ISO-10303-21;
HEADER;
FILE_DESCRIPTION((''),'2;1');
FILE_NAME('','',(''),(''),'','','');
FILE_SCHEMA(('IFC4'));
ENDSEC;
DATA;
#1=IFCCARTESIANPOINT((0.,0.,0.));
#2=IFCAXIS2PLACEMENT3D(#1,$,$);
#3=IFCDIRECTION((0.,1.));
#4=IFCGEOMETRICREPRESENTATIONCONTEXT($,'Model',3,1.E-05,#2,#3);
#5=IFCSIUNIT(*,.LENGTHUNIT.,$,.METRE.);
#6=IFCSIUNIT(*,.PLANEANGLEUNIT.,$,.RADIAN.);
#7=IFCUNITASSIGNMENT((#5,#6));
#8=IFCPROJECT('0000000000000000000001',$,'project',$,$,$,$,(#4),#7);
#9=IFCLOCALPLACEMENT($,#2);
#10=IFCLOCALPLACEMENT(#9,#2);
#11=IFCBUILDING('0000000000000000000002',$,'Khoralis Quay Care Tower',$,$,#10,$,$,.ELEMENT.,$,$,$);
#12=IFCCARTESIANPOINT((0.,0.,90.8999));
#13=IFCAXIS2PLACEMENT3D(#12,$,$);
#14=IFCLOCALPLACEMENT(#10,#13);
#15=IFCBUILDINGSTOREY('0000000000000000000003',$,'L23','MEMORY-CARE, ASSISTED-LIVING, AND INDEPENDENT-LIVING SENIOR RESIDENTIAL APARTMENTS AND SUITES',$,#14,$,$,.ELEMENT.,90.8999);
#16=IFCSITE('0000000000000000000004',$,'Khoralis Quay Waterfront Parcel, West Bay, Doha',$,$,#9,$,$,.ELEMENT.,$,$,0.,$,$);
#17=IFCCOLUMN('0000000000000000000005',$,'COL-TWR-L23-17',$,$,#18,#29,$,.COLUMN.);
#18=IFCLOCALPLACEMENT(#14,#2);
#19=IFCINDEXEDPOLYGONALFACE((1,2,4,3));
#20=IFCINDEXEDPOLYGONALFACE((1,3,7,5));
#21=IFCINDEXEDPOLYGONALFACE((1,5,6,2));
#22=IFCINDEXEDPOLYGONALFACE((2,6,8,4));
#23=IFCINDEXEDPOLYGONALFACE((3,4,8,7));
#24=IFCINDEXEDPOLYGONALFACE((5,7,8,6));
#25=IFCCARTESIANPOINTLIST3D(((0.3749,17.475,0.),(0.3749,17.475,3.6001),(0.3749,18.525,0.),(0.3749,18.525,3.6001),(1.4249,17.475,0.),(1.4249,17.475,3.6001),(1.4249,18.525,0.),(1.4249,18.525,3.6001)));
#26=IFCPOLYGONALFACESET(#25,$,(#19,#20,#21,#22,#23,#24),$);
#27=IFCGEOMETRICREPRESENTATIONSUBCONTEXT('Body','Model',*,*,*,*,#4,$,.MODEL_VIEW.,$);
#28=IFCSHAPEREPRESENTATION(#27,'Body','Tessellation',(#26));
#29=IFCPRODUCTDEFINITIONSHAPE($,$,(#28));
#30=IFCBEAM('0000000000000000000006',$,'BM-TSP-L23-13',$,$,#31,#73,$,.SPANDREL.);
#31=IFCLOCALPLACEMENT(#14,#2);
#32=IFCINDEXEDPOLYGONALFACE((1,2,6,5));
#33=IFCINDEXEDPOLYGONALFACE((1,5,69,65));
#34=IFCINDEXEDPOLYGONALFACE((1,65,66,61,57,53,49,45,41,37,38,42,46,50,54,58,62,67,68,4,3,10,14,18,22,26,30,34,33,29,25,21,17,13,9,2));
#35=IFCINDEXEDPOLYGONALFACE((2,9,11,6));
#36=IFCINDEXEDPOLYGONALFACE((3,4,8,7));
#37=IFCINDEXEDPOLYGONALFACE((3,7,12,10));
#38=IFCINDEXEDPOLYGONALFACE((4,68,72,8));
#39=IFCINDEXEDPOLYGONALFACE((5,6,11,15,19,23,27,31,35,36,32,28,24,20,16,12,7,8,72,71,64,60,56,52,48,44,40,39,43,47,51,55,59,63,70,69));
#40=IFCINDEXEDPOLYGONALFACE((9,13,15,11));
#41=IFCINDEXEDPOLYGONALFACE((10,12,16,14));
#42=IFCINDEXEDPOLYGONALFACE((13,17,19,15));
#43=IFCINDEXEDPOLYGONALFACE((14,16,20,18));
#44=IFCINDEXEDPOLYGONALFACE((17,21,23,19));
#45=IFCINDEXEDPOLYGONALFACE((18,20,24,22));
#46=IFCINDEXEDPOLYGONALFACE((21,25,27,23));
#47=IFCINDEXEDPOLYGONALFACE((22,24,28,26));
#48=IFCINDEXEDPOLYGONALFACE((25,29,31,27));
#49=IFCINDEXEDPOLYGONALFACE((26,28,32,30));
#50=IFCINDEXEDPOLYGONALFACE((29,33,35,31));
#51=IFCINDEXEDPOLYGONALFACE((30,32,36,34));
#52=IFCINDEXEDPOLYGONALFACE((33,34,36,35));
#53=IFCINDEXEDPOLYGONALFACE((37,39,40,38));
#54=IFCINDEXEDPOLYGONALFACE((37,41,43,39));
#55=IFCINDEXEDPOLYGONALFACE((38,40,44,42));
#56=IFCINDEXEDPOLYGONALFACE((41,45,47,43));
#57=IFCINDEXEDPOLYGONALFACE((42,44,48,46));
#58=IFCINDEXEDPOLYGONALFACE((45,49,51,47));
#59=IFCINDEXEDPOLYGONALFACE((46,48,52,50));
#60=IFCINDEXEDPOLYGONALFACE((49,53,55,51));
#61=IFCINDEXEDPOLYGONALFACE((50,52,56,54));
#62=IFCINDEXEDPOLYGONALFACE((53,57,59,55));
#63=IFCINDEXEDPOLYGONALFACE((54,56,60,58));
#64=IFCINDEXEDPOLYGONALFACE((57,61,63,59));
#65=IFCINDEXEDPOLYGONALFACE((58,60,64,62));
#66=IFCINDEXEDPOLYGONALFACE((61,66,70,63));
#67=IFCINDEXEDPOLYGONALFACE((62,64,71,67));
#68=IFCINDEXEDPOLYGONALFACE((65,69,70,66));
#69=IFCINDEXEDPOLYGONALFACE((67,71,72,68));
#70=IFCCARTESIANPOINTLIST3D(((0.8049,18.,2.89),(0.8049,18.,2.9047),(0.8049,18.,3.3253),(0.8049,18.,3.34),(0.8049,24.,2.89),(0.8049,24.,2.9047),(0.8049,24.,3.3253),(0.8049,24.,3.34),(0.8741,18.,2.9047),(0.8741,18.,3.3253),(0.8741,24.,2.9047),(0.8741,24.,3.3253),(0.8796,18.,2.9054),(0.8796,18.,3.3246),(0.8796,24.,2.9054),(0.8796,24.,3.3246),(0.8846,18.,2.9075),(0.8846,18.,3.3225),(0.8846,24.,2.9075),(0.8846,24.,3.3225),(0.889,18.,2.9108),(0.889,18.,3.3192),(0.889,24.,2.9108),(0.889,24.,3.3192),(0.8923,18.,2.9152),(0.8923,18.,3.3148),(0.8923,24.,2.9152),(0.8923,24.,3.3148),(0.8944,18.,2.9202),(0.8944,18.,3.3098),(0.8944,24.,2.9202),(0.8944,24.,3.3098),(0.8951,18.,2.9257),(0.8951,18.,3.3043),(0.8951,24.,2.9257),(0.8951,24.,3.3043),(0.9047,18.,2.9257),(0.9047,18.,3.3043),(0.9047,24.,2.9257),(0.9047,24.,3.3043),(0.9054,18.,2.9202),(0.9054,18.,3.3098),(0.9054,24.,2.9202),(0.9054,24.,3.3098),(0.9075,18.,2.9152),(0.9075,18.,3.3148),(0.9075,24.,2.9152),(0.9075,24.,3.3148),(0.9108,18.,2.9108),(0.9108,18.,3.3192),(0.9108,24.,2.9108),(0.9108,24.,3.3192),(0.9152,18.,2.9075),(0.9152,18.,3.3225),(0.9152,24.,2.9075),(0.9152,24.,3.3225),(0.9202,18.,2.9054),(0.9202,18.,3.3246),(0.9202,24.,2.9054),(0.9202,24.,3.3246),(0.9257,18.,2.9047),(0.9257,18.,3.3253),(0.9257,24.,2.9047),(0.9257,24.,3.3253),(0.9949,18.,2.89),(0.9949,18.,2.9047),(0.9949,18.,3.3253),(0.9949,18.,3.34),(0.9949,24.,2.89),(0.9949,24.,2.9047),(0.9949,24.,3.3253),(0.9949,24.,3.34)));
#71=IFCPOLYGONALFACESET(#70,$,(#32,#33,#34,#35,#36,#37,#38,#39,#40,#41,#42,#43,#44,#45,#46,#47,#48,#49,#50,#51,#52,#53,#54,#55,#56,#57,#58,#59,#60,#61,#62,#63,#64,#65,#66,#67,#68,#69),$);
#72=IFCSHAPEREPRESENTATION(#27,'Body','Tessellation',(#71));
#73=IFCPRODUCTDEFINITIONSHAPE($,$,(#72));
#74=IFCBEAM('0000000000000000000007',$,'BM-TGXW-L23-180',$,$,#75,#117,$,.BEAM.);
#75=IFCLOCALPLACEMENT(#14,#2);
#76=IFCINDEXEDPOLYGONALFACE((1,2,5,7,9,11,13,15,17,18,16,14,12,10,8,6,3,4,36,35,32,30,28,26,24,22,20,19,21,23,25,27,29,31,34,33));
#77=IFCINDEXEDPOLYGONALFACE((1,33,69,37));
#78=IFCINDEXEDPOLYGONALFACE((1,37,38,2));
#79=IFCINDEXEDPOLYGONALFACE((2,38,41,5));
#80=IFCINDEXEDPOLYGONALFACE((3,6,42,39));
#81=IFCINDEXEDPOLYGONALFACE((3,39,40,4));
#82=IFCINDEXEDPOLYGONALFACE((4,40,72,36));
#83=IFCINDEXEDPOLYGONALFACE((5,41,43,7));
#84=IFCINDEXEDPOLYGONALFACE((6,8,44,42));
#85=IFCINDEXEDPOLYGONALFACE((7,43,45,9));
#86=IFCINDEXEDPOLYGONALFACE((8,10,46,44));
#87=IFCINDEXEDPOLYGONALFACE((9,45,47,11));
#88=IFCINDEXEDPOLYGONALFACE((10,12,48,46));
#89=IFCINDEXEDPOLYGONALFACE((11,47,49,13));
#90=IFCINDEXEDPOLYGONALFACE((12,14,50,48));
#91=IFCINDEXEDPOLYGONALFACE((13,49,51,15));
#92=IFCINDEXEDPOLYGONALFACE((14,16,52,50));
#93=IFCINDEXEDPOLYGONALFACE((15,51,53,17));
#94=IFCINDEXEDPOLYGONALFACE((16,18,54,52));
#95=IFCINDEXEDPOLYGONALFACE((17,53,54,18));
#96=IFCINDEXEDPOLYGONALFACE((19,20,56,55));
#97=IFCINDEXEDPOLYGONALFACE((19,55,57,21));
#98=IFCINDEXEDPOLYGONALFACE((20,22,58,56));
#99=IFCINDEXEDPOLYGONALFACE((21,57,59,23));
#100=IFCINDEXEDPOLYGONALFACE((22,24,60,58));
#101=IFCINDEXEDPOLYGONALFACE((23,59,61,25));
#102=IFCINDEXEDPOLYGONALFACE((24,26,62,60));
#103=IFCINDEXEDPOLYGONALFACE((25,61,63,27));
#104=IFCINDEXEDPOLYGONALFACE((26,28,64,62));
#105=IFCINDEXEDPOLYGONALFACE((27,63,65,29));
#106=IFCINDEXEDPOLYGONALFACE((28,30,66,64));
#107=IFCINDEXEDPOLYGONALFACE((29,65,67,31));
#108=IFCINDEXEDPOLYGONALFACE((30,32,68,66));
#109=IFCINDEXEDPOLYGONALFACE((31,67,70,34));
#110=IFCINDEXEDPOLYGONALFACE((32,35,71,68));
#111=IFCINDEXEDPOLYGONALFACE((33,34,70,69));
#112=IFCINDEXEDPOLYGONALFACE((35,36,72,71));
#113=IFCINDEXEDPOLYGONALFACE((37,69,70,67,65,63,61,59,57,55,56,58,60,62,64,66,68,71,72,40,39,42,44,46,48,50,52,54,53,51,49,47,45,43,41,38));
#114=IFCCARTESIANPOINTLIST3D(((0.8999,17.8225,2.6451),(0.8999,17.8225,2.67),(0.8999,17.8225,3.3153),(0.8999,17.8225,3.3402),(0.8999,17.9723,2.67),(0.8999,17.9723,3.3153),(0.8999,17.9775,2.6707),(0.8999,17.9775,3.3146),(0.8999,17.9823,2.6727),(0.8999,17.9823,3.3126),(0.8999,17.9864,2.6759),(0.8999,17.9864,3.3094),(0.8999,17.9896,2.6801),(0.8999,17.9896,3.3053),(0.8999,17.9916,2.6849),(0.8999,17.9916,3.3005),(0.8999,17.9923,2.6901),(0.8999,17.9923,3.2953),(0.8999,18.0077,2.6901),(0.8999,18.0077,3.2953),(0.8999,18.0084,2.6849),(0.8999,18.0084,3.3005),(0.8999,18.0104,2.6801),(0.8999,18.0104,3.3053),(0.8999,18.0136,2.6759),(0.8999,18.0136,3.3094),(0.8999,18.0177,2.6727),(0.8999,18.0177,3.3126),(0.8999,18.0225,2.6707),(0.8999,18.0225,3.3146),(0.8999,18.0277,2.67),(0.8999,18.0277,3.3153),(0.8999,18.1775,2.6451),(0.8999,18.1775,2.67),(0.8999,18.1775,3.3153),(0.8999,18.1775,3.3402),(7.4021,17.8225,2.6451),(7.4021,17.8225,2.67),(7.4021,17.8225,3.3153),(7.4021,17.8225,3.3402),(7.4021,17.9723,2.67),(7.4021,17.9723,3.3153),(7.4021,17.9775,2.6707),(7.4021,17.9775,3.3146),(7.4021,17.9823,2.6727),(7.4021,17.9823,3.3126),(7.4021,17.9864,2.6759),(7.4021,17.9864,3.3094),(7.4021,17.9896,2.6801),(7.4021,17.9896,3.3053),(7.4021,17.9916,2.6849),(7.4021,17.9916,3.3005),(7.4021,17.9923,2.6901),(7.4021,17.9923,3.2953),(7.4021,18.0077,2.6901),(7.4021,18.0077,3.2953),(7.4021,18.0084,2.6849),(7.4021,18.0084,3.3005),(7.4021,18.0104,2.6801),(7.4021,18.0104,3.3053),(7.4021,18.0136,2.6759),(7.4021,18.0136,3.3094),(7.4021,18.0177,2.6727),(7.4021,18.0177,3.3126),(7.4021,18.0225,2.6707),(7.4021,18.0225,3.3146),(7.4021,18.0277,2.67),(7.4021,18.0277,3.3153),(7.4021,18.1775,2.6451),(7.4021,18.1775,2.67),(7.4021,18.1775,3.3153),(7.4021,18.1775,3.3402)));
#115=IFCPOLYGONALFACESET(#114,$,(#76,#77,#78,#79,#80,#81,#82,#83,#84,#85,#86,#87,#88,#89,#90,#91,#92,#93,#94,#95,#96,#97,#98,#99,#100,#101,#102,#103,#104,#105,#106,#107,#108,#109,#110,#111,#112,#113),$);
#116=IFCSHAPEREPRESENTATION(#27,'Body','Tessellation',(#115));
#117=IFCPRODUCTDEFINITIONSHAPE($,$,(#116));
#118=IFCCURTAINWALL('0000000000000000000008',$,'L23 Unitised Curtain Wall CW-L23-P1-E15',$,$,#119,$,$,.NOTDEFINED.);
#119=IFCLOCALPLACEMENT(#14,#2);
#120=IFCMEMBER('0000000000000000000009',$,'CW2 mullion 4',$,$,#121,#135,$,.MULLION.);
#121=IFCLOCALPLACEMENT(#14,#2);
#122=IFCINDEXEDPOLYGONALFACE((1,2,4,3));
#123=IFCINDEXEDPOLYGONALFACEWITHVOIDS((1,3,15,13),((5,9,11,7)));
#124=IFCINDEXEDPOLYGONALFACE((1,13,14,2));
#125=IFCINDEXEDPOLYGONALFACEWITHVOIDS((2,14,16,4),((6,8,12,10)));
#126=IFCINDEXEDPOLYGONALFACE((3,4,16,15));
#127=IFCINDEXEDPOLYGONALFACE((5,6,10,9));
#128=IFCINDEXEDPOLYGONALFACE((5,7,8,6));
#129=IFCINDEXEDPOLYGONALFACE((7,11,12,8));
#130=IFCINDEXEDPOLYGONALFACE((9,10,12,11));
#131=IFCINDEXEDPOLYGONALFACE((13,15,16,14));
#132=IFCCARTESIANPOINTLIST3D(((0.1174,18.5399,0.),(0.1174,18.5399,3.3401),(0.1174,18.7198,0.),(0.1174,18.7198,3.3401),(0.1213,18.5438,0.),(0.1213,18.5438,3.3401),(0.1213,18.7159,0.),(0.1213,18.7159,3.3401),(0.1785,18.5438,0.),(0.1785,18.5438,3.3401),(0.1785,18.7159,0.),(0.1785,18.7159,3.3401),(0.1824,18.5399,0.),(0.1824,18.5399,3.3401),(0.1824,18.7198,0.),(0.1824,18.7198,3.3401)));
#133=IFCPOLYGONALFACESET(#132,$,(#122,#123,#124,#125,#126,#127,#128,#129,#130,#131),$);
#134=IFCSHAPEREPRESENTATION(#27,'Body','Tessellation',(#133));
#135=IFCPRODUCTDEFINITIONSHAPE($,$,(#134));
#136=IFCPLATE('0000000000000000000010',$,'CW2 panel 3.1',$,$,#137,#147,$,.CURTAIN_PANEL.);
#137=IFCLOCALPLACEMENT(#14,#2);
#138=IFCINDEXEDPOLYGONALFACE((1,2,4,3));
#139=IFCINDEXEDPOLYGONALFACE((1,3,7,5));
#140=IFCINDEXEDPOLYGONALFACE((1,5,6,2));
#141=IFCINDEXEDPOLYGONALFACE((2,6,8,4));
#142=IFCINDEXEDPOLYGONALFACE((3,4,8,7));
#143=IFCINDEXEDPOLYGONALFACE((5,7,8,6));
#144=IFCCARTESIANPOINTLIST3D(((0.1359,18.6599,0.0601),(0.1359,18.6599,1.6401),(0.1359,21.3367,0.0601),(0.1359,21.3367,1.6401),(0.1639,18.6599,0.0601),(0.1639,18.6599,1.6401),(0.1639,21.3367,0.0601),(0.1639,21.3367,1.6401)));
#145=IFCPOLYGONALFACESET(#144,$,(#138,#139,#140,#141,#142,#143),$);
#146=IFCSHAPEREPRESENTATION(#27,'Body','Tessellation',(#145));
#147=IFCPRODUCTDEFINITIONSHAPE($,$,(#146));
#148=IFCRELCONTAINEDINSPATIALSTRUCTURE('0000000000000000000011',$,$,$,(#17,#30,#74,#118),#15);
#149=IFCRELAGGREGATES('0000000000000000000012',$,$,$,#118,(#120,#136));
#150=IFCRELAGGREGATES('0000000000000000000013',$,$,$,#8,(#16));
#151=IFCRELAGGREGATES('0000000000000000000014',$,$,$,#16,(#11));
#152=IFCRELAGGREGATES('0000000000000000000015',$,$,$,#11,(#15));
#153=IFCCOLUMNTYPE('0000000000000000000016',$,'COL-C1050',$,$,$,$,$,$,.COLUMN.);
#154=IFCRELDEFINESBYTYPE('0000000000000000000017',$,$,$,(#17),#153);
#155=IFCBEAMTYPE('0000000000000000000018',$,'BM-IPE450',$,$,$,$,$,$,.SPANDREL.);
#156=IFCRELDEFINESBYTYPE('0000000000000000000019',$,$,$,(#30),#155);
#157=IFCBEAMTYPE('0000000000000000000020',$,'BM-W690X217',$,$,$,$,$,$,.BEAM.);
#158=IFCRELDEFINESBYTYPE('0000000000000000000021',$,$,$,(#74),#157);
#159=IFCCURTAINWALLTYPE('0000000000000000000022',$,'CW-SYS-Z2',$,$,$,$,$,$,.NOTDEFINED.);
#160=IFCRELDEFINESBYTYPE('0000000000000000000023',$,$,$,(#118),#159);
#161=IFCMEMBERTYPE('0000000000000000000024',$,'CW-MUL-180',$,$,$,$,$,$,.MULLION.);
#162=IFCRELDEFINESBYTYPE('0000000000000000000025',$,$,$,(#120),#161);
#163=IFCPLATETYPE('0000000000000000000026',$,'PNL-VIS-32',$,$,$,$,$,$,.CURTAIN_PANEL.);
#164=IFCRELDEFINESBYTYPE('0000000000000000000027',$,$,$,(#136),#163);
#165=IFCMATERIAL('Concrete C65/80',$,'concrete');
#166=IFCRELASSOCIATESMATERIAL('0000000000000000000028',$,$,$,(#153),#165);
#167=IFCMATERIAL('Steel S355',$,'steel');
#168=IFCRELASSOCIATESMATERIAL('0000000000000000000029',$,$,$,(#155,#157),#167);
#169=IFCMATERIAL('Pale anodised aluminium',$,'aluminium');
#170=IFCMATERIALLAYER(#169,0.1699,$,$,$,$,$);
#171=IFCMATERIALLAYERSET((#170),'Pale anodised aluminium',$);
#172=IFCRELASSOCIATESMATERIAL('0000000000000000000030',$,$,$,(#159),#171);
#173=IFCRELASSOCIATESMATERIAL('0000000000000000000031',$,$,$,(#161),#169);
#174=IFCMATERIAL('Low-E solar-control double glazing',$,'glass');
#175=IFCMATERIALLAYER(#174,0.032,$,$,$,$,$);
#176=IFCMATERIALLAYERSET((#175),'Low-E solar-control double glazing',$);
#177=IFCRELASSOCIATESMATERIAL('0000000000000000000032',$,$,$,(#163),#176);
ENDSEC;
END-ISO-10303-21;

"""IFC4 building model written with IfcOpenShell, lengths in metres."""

from ifc_helpers import new_model, si_unit, direction, frame, origin, origin_2d, place, context, subcontext, project, spatial, rectangle, hollow_rectangle, i_section, extrude, source, transform, mapped, material, layer, layer_set, material_profile, profile_set, type_object, element, aggregate, save


model = new_model("IFC4")

# Units and contexts
model_context = context("Model", 3, precision=1e-05, world=origin(), true_north=direction((0.0, 1.0)))
body_context = subcontext(model_context, "Body", "Model", "MODEL_VIEW")
ifc_project = project(units=[si_unit("LENGTHUNIT", "METRE"), si_unit("PLANEANGLEUNIT", "RADIAN")], contexts=[model_context])

# Site, building, storey
site_placement = place(None, origin())
site = spatial("IfcSite", under=ifc_project, at=site_placement, Name="Khoralis Quay Waterfront Parcel, West Bay, Doha", CompositionType="ELEMENT", RefElevation=0.0)
building_placement = place(site_placement, origin())
building = spatial("IfcBuilding", under=site, at=building_placement, Name="Khoralis Quay Care Tower", CompositionType="ELEMENT")
storey_placement = place(building_placement, frame((0.0, 0.0, 90.8999)))
storey = spatial("IfcBuildingStorey", under=building, at=storey_placement, Name="L23", Description="MEMORY-CARE, ASSISTED-LIVING, AND INDEPENDENT-LIVING SENIOR RESIDENTIAL APARTMENTS AND SUITES", CompositionType="ELEMENT", Elevation=90.8999)

# Column
ifc_material_1 = material(Name="Concrete C65/80", Category="concrete")
ifc_material_profile_1 = material_profile(ifc_material_1, rectangle(XDim=1.05, YDim=1.05, at=origin_2d()), Name="Concrete C65/80")
ifc_profile_set_1 = profile_set([ifc_material_profile_1], Name="Concrete C65/80")
column_type = type_object("IfcColumnType", Name="COL-C1050", PredefinedType="COLUMN", material=ifc_profile_set_1)
shared_shape_1 = source(origin(), body_context, "Body", "SweptSolid", [
    extrude(rectangle(XDim=1.05, YDim=1.05, at=origin_2d()), origin(), (0.0, 0.0, 1.0), 3.6001),
])
column_placement = place(storey_placement, frame((0.8999, 18.0, 0.0), z_axis=(0.0, 0.0, 1.0), x_axis=(1.0, 0.0, 0.0)))
element("IfcColumn", 1, at=column_placement, inside=storey, type_object=column_type, Name="COL-TWR-L23-17", PredefinedType="COLUMN", context=body_context, shape_type="MappedRepresentation", body=[
    mapped(shared_shape_1, transform((0.0, 0.0, 0.0), scale=1.0)),
])

# Beams
ifc_material_2 = material(Name="Steel S355", Category="steel")
ifc_material_profile_2 = material_profile(ifc_material_2, i_section(OverallWidth=0.1899, OverallDepth=0.45, WebThickness=0.0095, FlangeThickness=0.0146, FilletRadius=0.021, at=origin_2d()), Name="Steel S355")
ifc_profile_set_2 = profile_set([ifc_material_profile_2], Name="Steel S355")
beam_type_1 = type_object("IfcBeamType", Name="BM-IPE450", PredefinedType="SPANDREL", material=ifc_profile_set_2)
shared_shape_2 = source(origin(), body_context, "Body", "SweptSolid", [
    extrude(i_section(OverallWidth=0.1899, OverallDepth=0.45, WebThickness=0.0095, FlangeThickness=0.0146, FilletRadius=0.021, at=origin_2d()), origin(), (0.0, 0.0, 1.0), 6.0),
])
beam_1_placement = place(storey_placement, frame((0.8999, 18.0, 3.115), z_axis=(0.0, 1.0, 0.0), x_axis=(-1.0, 0.0, 0.0)))
element("IfcBeam", 2, at=beam_1_placement, inside=storey, type_object=beam_type_1, Name="BM-TSP-L23-13", PredefinedType="SPANDREL", context=body_context, shape_type="MappedRepresentation", body=[
    mapped(shared_shape_2, transform((0.0, 0.0, 0.0), scale=1.0)),
])
ifc_material_profile_3 = material_profile(ifc_material_2, i_section(OverallWidth=0.355, OverallDepth=0.6951, WebThickness=0.0154, FlangeThickness=0.0249, FilletRadius=0.02, at=origin_2d()), Name="Steel S355")
ifc_profile_set_3 = profile_set([ifc_material_profile_3], Name="Steel S355")
beam_type_2 = type_object("IfcBeamType", Name="BM-W690X217", PredefinedType="BEAM", material=ifc_profile_set_3)
shared_shape_3 = source(origin(), body_context, "Body", "SweptSolid", [
    extrude(i_section(OverallWidth=0.355, OverallDepth=0.6951, WebThickness=0.0154, FlangeThickness=0.0249, FilletRadius=0.02, at=origin_2d()), origin(), (0.0, 0.0, 1.0), 6.5022),
])
beam_2_placement = place(storey_placement, frame((0.8999, 18.0, 2.9927), z_axis=(1.0, 0.0, 0.0), x_axis=(0.0, 1.0, 0.0)))
element("IfcBeam", 3, at=beam_2_placement, inside=storey, type_object=beam_type_2, Name="BM-TGXW-L23-180", PredefinedType="BEAM", context=body_context, shape_type="MappedRepresentation", body=[
    mapped(shared_shape_3, transform((0.0, 0.0, 0.0), scale=1.0)),
])

# Curtain wall, member, plate
ifc_material_3 = material(Name="Pale anodised aluminium", Category="aluminium")
ifc_layer_1 = layer(ifc_material_3, 0.1699)
ifc_layer_set_1 = layer_set([ifc_layer_1], Name="Pale anodised aluminium")
curtain_wall_type = type_object("IfcCurtainWallType", Name="CW-SYS-Z2", PredefinedType="NOTDEFINED", material=ifc_layer_set_1)
curtain_wall_placement = place(storey_placement, origin())
curtain_wall = element("IfcCurtainWall", 4, at=curtain_wall_placement, inside=storey, type_object=curtain_wall_type, Name="L23 Unitised Curtain Wall CW-L23-P1-E15", PredefinedType="NOTDEFINED")
ifc_material_profile_4 = material_profile(ifc_material_3, hollow_rectangle(XDim=0.0649, YDim=0.1799, WallThickness=0.0039, at=origin_2d()), Name="Pale anodised aluminium")
ifc_profile_set_4 = profile_set([ifc_material_profile_4], Name="Pale anodised aluminium")
member_type = type_object("IfcMemberType", Name="CW-MUL-180", PredefinedType="MULLION", material=ifc_profile_set_4)
shared_shape_4 = source(origin(), body_context, "Body", "SweptSolid", [
    extrude(hollow_rectangle(XDim=0.0649, YDim=0.1799, WallThickness=0.0039, at=origin_2d()), origin(), (0.0, 0.0, 1.0), 3.3401),
])
member_placement = place(storey_placement, frame((0.1499, 18.6299, 0.0), z_axis=(0.0, 0.0, 1.0), x_axis=(1.0, 0.0, 0.0)))
member = element("IfcMember", 5, at=member_placement, type_object=member_type, Name="CW2 mullion 4", PredefinedType="MULLION", context=body_context, shape_type="MappedRepresentation", body=[
    mapped(shared_shape_4, transform((0.0, 0.0, 0.0), scale=1.0)),
])
ifc_material_4 = material(Name="Low-E solar-control double glazing", Category="glass")
ifc_layer_2 = layer(ifc_material_4, 0.032)
ifc_layer_set_2 = layer_set([ifc_layer_2], Name="Low-E solar-control double glazing")
plate_type = type_object("IfcPlateType", Name="PNL-VIS-32", PredefinedType="CURTAIN_PANEL", material=ifc_layer_set_2)
shared_shape_5 = source(origin(), body_context, "Body", "SweptSolid", [
    extrude(rectangle(XDim=2.6768, YDim=0.0281, at=origin_2d()), origin(), (0.0, 0.0, 1.0), 1.5801),
])
plate_placement = place(storey_placement, frame((0.1499, 19.9983, 0.0601), z_axis=(0.0, 0.0, 1.0), x_axis=(0.0, -1.0, 0.0)))
plate = element("IfcPlate", 6, at=plate_placement, type_object=plate_type, Name="CW2 panel 3.1", PredefinedType="CURTAIN_PANEL", context=body_context, shape_type="MappedRepresentation", body=[
    mapped(shared_shape_5, transform((0.0, 0.0, 0.0), scale=1.0)),
])
aggregate(curtain_wall, [member, plate])

save(model, "model.ifc")
